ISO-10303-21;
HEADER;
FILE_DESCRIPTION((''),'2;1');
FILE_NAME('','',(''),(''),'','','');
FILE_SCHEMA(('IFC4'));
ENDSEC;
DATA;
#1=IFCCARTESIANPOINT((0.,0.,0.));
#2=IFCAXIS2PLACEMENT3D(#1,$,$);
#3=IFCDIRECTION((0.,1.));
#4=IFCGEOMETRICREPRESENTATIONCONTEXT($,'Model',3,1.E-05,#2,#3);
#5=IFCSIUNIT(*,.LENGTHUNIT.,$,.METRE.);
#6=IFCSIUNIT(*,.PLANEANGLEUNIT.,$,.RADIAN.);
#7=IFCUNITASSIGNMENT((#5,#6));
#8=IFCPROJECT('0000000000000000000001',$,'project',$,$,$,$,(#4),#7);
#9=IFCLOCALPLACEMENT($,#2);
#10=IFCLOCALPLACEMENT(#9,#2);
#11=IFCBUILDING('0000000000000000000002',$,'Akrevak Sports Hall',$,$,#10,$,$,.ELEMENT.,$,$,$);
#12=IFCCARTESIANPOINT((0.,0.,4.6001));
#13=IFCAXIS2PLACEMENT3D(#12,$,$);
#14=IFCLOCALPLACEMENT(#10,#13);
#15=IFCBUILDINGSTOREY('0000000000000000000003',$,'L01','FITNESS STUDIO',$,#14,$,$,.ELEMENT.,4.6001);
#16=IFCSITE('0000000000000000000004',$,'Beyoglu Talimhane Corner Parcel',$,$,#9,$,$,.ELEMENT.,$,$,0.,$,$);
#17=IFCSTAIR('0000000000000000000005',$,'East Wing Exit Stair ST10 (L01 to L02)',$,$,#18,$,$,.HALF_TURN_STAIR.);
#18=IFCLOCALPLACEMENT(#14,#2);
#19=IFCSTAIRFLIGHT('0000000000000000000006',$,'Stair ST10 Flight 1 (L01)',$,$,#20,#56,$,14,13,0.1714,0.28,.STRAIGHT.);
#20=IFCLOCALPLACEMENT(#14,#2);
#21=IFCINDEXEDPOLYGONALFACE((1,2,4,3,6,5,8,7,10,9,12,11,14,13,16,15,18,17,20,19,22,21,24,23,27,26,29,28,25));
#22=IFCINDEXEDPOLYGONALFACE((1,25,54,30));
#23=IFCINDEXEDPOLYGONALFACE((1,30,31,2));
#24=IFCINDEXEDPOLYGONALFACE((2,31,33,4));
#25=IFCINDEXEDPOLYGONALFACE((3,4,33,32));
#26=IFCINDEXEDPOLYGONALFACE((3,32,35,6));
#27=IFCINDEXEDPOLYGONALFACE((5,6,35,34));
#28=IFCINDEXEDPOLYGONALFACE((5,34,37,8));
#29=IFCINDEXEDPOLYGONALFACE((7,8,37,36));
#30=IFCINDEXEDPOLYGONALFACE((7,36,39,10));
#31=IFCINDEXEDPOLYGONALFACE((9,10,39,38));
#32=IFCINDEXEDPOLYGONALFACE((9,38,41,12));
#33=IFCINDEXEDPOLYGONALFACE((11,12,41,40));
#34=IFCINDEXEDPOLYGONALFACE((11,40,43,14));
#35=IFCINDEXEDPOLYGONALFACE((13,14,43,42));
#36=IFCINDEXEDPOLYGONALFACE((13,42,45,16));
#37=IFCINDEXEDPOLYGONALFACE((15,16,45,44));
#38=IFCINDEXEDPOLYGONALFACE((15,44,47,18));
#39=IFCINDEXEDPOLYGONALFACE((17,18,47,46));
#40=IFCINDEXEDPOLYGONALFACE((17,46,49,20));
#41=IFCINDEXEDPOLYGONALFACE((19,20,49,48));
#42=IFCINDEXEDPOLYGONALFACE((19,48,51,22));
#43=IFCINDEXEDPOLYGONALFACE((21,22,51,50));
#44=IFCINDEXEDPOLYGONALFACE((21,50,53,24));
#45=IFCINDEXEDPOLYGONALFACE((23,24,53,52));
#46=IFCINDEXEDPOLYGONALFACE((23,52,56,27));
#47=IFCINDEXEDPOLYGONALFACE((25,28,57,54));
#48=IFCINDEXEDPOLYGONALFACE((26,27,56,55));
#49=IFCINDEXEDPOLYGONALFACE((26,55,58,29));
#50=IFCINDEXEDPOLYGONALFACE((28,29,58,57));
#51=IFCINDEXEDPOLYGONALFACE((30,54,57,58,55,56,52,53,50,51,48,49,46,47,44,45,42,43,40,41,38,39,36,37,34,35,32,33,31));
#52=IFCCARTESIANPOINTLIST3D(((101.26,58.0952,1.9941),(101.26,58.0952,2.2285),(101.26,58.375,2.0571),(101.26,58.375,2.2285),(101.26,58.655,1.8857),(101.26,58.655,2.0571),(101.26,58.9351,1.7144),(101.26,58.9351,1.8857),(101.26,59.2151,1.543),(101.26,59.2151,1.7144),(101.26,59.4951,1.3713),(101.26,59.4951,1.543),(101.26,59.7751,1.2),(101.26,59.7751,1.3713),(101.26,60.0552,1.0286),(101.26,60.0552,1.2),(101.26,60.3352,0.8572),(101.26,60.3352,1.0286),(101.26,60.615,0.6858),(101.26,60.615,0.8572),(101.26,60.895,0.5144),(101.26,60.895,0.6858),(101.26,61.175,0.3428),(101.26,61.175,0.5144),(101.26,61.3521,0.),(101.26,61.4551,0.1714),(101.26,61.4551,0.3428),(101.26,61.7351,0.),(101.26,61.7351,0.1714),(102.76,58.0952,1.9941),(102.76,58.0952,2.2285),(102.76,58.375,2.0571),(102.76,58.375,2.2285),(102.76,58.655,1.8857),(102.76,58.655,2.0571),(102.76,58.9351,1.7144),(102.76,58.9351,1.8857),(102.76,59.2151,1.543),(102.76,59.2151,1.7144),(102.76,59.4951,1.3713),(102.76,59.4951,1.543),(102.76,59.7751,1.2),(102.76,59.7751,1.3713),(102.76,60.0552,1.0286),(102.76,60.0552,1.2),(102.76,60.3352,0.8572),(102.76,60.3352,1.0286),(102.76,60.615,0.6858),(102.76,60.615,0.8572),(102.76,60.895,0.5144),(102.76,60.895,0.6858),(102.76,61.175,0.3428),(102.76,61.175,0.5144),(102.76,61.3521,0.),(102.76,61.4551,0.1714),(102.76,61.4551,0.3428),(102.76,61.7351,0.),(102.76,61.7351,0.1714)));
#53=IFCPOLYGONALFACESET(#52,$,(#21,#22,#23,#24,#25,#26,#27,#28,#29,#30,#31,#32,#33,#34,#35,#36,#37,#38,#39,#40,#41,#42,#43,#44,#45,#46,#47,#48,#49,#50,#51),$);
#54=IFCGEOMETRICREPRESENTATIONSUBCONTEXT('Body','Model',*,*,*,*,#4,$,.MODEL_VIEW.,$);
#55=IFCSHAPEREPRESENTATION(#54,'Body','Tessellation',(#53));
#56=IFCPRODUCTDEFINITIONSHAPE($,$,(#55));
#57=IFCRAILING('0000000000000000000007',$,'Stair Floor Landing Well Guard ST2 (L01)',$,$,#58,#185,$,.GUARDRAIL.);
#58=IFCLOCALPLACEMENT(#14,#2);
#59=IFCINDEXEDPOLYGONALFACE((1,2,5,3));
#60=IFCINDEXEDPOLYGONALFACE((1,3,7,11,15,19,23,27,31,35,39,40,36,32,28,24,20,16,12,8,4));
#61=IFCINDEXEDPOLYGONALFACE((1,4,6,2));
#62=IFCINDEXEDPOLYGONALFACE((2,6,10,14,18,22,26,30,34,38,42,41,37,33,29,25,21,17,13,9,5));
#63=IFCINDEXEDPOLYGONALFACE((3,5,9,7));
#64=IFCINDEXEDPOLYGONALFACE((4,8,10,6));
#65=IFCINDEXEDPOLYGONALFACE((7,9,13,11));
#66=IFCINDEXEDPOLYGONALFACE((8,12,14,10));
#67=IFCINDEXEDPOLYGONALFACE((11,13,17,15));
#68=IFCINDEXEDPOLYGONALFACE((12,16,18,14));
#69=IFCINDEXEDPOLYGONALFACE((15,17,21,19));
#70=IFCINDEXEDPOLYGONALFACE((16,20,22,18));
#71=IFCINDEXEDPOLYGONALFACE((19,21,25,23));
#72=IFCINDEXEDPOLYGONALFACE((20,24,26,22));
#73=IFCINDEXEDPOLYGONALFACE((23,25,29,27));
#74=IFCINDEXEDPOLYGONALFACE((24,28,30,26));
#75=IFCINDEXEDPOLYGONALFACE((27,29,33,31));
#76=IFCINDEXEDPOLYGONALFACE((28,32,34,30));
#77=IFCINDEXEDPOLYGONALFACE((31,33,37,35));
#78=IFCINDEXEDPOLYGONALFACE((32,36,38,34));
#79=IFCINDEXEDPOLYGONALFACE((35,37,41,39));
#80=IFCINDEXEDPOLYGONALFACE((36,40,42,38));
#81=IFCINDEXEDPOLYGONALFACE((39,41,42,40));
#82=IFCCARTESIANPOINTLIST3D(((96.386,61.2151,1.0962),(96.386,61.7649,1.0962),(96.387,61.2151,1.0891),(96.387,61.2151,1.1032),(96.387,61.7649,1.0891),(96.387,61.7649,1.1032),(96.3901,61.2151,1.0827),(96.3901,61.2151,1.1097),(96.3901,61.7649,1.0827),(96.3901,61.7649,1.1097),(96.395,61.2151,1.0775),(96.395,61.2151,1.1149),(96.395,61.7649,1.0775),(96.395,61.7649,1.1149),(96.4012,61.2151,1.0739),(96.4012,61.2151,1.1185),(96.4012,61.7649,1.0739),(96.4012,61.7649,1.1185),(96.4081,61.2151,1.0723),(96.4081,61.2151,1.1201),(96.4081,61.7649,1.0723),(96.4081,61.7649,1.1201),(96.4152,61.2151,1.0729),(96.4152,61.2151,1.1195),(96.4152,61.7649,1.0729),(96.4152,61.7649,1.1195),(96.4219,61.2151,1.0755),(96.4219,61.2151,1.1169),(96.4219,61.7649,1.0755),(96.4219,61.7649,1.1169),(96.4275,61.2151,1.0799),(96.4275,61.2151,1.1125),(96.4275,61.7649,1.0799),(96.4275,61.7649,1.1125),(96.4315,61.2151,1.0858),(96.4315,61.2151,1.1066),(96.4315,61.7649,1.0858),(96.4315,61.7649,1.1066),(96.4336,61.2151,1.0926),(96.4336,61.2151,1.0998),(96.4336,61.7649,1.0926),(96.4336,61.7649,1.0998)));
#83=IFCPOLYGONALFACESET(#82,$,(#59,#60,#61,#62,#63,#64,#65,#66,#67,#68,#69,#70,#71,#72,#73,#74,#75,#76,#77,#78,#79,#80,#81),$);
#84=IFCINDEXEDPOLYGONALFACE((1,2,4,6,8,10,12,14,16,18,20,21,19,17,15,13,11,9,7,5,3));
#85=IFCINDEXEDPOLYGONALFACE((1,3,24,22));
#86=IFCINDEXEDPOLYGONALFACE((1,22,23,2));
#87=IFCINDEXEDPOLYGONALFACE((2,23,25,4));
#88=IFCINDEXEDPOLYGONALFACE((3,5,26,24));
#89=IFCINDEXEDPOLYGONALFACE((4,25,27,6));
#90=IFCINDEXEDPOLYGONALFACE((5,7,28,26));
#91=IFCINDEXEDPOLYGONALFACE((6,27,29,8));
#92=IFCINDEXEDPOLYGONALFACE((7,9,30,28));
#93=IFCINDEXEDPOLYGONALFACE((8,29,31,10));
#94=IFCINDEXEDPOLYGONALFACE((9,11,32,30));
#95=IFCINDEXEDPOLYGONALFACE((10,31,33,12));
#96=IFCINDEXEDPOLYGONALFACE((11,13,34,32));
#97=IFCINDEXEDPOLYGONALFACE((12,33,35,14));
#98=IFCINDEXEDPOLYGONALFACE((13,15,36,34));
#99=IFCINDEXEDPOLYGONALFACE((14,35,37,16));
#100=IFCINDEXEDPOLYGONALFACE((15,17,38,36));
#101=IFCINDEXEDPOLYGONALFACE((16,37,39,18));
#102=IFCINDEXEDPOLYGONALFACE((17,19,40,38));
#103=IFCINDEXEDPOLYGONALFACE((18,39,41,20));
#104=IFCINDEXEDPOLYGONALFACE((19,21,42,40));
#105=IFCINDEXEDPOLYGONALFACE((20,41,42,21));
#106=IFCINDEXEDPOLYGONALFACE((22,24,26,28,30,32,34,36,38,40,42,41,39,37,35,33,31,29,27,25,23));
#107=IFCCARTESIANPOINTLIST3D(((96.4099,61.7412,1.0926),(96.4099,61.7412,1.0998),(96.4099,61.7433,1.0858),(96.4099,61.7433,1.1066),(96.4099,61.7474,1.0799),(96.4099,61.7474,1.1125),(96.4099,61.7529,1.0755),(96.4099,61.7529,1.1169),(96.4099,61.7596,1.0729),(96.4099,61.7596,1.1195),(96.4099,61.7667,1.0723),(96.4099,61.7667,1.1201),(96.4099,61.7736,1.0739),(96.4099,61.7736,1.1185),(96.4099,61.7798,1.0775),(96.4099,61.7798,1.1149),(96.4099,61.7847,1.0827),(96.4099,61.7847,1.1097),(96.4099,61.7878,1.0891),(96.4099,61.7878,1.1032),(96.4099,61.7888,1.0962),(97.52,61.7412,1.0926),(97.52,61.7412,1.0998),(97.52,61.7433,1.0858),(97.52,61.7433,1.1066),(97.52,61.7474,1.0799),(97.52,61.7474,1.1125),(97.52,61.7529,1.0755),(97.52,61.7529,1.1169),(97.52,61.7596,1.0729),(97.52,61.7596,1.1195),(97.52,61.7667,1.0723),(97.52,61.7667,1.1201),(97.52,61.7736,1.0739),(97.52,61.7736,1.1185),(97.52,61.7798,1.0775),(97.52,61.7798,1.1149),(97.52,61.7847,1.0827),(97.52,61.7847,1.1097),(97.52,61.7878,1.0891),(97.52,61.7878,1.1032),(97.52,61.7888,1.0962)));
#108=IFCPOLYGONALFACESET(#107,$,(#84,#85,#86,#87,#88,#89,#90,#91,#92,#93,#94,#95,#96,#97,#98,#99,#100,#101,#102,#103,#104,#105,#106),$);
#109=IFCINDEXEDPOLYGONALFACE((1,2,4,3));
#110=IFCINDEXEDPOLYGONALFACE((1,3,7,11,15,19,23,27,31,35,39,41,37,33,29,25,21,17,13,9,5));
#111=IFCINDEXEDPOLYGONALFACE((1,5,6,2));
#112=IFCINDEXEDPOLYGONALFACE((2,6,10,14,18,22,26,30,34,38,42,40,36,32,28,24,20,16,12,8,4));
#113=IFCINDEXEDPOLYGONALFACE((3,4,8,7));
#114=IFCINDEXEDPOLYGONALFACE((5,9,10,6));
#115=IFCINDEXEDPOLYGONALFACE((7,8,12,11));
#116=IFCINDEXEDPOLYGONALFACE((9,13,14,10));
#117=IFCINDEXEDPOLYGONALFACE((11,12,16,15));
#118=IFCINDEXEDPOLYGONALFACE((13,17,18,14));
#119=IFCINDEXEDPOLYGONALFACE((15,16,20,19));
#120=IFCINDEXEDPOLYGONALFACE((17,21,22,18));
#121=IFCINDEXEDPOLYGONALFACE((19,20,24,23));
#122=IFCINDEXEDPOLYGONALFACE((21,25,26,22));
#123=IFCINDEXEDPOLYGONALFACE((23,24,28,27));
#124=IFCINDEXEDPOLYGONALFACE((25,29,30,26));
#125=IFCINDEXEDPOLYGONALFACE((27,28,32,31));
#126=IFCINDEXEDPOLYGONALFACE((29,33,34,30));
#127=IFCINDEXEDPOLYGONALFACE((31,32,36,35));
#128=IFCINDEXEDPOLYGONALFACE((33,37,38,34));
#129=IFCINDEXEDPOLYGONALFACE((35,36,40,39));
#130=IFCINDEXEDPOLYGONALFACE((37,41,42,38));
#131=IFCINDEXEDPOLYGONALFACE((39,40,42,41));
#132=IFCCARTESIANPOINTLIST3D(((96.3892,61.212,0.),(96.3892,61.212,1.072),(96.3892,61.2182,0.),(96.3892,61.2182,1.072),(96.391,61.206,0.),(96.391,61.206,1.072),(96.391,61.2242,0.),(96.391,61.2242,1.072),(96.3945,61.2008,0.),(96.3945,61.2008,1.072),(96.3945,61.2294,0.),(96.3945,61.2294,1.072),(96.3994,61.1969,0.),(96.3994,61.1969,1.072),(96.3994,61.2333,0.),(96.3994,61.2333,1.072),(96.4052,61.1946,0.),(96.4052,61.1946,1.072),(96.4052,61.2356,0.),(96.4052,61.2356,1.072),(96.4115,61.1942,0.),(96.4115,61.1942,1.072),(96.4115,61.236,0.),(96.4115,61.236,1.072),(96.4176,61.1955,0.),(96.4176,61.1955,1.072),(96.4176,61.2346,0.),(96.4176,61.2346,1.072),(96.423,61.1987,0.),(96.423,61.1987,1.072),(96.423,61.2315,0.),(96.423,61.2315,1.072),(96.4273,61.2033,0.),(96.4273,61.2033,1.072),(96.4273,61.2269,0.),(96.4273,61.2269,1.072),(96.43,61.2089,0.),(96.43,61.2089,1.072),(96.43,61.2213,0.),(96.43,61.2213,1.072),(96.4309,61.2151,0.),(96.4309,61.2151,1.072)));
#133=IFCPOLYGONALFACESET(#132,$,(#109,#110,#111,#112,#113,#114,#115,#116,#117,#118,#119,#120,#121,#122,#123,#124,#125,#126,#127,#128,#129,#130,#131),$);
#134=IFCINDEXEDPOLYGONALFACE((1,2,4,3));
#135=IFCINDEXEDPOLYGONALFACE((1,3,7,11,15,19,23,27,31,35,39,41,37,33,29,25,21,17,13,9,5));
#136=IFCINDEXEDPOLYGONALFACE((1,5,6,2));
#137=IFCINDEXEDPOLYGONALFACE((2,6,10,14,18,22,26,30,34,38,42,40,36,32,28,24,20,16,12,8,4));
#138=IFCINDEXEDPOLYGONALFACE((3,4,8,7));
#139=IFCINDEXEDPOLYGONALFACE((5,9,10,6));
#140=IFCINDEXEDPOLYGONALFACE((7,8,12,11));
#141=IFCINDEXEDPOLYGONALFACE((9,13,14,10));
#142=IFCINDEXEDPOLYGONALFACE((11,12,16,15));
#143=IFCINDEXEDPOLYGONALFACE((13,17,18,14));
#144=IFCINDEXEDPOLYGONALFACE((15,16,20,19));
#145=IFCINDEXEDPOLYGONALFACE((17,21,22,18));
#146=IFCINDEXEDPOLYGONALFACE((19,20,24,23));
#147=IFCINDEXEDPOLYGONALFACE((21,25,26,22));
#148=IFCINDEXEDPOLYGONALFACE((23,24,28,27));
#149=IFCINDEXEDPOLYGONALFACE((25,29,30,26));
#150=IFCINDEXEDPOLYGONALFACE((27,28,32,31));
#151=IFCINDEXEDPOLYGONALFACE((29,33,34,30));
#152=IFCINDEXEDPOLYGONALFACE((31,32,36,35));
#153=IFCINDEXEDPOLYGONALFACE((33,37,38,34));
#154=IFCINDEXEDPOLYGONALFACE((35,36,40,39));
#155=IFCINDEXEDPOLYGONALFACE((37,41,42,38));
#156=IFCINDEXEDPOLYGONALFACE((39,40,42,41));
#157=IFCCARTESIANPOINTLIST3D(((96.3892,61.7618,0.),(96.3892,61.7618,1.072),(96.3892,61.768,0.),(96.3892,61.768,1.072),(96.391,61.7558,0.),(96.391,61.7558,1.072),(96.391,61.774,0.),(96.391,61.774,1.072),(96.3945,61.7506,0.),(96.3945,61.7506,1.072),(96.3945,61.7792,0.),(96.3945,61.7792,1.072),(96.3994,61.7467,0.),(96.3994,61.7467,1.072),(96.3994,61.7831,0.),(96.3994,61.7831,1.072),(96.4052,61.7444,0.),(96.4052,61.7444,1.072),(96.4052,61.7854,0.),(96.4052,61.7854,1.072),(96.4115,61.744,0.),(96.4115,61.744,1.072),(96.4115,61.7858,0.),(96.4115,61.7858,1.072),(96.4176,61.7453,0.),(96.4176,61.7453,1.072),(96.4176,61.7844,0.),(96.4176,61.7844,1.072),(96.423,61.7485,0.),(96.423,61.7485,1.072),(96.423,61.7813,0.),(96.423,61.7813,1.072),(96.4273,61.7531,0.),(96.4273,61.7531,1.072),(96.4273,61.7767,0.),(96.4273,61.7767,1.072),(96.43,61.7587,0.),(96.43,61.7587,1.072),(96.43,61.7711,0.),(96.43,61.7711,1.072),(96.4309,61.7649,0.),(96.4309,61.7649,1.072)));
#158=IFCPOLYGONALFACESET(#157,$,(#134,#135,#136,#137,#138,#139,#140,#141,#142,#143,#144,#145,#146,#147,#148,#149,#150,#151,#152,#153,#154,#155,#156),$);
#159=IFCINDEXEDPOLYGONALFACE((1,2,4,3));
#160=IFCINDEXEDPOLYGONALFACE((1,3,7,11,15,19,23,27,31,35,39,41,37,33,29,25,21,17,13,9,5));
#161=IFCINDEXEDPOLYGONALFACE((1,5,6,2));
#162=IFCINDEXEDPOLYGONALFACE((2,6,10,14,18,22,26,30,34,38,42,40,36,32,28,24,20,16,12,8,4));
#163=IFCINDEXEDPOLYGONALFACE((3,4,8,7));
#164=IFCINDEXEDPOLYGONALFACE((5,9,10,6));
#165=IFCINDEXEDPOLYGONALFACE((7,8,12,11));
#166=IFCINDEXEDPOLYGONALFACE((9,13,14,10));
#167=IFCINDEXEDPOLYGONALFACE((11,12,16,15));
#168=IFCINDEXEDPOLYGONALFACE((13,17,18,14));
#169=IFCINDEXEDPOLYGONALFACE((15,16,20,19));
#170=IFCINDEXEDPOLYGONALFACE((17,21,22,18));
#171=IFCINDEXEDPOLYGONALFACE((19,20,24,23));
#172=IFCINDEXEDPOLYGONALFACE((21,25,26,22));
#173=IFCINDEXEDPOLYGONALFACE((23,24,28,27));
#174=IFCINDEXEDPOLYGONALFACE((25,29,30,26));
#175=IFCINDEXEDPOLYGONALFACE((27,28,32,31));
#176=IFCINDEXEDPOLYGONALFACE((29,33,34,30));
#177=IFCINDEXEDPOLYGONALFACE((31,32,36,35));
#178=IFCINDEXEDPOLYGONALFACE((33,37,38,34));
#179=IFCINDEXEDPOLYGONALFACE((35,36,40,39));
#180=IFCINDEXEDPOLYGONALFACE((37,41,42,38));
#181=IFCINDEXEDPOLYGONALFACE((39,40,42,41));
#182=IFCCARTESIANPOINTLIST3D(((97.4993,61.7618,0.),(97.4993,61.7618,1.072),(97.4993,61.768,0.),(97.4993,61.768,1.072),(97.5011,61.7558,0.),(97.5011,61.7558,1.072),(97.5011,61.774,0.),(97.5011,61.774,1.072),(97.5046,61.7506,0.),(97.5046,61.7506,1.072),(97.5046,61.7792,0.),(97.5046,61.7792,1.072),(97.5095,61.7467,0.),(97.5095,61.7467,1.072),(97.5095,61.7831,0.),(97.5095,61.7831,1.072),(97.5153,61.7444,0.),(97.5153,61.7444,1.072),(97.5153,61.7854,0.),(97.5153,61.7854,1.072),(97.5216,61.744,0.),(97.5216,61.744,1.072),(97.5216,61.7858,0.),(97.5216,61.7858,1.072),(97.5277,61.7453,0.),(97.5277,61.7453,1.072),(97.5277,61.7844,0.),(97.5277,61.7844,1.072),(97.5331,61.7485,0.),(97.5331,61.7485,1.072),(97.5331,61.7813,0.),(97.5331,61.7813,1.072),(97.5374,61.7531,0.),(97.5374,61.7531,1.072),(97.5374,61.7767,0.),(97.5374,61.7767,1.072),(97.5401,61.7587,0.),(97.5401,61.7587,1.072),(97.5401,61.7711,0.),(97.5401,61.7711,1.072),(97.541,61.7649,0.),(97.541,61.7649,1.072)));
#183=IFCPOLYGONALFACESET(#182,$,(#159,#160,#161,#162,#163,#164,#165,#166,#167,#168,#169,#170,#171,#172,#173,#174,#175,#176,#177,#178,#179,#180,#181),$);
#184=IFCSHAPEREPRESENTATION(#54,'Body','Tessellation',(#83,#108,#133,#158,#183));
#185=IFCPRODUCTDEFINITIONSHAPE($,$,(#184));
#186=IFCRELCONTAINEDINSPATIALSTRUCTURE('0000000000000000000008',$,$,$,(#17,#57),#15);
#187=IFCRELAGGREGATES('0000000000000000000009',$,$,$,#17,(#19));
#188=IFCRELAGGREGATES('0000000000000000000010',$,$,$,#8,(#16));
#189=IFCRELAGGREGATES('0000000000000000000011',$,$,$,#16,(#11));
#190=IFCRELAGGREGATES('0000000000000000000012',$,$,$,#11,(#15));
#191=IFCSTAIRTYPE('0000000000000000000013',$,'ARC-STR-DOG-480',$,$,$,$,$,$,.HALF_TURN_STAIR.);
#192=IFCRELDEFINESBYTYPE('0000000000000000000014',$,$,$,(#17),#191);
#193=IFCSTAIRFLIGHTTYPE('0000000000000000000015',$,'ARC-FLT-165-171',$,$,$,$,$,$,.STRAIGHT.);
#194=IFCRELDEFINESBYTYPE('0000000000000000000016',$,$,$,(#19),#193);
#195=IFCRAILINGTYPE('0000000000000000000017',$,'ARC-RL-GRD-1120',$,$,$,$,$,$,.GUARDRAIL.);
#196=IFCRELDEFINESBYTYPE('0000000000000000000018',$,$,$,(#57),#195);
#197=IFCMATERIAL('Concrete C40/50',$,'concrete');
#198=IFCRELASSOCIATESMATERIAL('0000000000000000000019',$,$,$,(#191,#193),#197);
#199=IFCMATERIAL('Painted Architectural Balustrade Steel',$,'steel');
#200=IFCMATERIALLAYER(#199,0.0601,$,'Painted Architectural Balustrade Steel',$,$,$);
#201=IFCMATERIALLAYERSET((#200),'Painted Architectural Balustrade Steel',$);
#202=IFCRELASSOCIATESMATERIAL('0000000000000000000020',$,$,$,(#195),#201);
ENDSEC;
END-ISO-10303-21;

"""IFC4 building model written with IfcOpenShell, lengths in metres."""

from ifc_helpers import new_model, si_unit, direction, frame, origin, origin_2d, place, context, subcontext, project, spatial, polyline, circle, outline, extrude, material, layer, layer_set, type_object, element, aggregate, save


model = new_model("IFC4")

# Units and contexts
model_context = context("Model", 3, precision=1e-05, world=origin(), true_north=direction((0.0, 1.0)))
body_context = subcontext(model_context, "Body", "Model", "MODEL_VIEW")
ifc_project = project(units=[si_unit("LENGTHUNIT", "METRE"), si_unit("PLANEANGLEUNIT", "RADIAN")], contexts=[model_context])

# Site, building, storey
site_placement = place(None, origin())
site = spatial("IfcSite", under=ifc_project, at=site_placement, Name="Beyoglu Talimhane Corner Parcel", CompositionType="ELEMENT", RefElevation=0.0)
building_placement = place(site_placement, origin())
building = spatial("IfcBuilding", under=site, at=building_placement, Name="Akrevak Sports Hall", CompositionType="ELEMENT")
storey_placement = place(building_placement, frame((0.0, 0.0, 4.6001)))
storey = spatial("IfcBuildingStorey", under=building, at=storey_placement, Name="L01", Description="FITNESS STUDIO", CompositionType="ELEMENT", Elevation=4.6001)

# Shared definitions
ifc_material_1 = material(Name="Concrete C40/50", Category="concrete")

# Stair, stair flight
stair_type = type_object("IfcStairType", Name="ARC-STR-DOG-480", PredefinedType="HALF_TURN_STAIR", material=ifc_material_1)
stair_flight_type = type_object("IfcStairFlightType", Name="ARC-FLT-165-171", PredefinedType="STRAIGHT", material=ifc_material_1)
stair_1_placement = place(storey_placement, origin())
stair_1 = element("IfcStair", 1, at=stair_1_placement, inside=storey, type_object=stair_type, Name="East Wing Exit Stair ST10 (L01 to L02)", PredefinedType="HALF_TURN_STAIR")
stair_flight_1_placement = place(storey_placement, frame((102.01, 61.7351, 0.0), z_axis=(0.0, 0.0, 1.0), x_axis=(0.0, -1.0, 0.0)))
stair_flight_1 = element("IfcStairFlight", 2, at=stair_flight_1_placement, type_object=stair_flight_type, Name="Stair ST10 Flight 1 (L01)", NumberOfRisers=14, NumberOfTreads=13, PredefinedType="STRAIGHT", RiserHeight=0.1714, TreadLength=0.28, context=body_context, shape_type="SweptSolid", body=[
    extrude(outline(polyline([(0.0, 0.0), (0.0, 0.1714), (0.28, 0.1714), (0.28, 0.3428), (0.5601, 0.3428), (0.5601, 0.5144), (0.8401, 0.5144), (0.8401, 0.6858), (1.1201, 0.6858), (1.1201, 0.8572), (1.3999, 0.8572), (1.3999, 1.0286), (1.6799, 1.0286), (1.6799, 1.2), (1.96, 1.2), (1.96, 1.3713), (2.24, 1.3713), (2.24, 1.543), (2.52, 1.543), (2.52, 1.7144), (2.8, 1.7144), (2.8, 1.8857), (3.0801, 1.8857), (3.0801, 2.0571), (3.3601, 2.0571), (3.3601, 2.2285), (3.6399, 2.2285), (3.6399, 2.3999), (3.6399, 1.9941), (0.3831, 0.0), (0.0, 0.0)])), frame((0.0, 0.75, 0.0), z_axis=(0.0, -1.0, 0.0), x_axis=(1.0, 0.0, 0.0)), (0.0, 0.0, 1.0), 1.5),
])
aggregate(stair_1, [stair_flight_1])

# Railing
ifc_material_2 = material(Name="Painted Architectural Balustrade Steel", Category="steel")
ifc_layer_1 = layer(ifc_material_2, 0.0601, Name="Painted Architectural Balustrade Steel")
ifc_layer_set_1 = layer_set([ifc_layer_1], Name="Painted Architectural Balustrade Steel")
railing_type_1 = type_object("IfcRailingType", Name="ARC-RL-GRD-1120", PredefinedType="GUARDRAIL", material=ifc_layer_set_1)
railing_1_placement = place(storey_placement, frame((96.4099, 61.2151, 0.0)))
element("IfcRailing", 3, at=railing_1_placement, inside=storey, type_object=railing_type_1, Name="Stair Floor Landing Well Guard ST2 (L01)", PredefinedType="GUARDRAIL", context=body_context, shape_type="SweptSolid", body=[
    extrude(circle(Radius=0.0239, at=origin_2d()), frame((0.0, 0.0, 1.0962), z_axis=(0.0, 1.0, 0.0), x_axis=(-1.0, 0.0, 0.0)), (0.0, 0.0, 1.0), 0.5498),
    extrude(circle(Radius=0.0239, at=origin_2d()), frame((0.0, 0.5498, 1.0962), z_axis=(1.0, 0.0, 0.0), x_axis=(0.0, 1.0, 0.0)), (0.0, 0.0, 1.0), 1.1101),
    extrude(circle(Radius=0.021, at=origin_2d()), origin(), (0.0, 0.0, 1.0), 1.072),
    extrude(circle(Radius=0.021, at=origin_2d()), frame((0.0, 0.5498, 0.0)), (0.0, 0.0, 1.0), 1.072),
    extrude(circle(Radius=0.021, at=origin_2d()), frame((1.1101, 0.5498, 0.0)), (0.0, 0.0, 1.0), 1.072),
])

save(model, "model.ifc")
